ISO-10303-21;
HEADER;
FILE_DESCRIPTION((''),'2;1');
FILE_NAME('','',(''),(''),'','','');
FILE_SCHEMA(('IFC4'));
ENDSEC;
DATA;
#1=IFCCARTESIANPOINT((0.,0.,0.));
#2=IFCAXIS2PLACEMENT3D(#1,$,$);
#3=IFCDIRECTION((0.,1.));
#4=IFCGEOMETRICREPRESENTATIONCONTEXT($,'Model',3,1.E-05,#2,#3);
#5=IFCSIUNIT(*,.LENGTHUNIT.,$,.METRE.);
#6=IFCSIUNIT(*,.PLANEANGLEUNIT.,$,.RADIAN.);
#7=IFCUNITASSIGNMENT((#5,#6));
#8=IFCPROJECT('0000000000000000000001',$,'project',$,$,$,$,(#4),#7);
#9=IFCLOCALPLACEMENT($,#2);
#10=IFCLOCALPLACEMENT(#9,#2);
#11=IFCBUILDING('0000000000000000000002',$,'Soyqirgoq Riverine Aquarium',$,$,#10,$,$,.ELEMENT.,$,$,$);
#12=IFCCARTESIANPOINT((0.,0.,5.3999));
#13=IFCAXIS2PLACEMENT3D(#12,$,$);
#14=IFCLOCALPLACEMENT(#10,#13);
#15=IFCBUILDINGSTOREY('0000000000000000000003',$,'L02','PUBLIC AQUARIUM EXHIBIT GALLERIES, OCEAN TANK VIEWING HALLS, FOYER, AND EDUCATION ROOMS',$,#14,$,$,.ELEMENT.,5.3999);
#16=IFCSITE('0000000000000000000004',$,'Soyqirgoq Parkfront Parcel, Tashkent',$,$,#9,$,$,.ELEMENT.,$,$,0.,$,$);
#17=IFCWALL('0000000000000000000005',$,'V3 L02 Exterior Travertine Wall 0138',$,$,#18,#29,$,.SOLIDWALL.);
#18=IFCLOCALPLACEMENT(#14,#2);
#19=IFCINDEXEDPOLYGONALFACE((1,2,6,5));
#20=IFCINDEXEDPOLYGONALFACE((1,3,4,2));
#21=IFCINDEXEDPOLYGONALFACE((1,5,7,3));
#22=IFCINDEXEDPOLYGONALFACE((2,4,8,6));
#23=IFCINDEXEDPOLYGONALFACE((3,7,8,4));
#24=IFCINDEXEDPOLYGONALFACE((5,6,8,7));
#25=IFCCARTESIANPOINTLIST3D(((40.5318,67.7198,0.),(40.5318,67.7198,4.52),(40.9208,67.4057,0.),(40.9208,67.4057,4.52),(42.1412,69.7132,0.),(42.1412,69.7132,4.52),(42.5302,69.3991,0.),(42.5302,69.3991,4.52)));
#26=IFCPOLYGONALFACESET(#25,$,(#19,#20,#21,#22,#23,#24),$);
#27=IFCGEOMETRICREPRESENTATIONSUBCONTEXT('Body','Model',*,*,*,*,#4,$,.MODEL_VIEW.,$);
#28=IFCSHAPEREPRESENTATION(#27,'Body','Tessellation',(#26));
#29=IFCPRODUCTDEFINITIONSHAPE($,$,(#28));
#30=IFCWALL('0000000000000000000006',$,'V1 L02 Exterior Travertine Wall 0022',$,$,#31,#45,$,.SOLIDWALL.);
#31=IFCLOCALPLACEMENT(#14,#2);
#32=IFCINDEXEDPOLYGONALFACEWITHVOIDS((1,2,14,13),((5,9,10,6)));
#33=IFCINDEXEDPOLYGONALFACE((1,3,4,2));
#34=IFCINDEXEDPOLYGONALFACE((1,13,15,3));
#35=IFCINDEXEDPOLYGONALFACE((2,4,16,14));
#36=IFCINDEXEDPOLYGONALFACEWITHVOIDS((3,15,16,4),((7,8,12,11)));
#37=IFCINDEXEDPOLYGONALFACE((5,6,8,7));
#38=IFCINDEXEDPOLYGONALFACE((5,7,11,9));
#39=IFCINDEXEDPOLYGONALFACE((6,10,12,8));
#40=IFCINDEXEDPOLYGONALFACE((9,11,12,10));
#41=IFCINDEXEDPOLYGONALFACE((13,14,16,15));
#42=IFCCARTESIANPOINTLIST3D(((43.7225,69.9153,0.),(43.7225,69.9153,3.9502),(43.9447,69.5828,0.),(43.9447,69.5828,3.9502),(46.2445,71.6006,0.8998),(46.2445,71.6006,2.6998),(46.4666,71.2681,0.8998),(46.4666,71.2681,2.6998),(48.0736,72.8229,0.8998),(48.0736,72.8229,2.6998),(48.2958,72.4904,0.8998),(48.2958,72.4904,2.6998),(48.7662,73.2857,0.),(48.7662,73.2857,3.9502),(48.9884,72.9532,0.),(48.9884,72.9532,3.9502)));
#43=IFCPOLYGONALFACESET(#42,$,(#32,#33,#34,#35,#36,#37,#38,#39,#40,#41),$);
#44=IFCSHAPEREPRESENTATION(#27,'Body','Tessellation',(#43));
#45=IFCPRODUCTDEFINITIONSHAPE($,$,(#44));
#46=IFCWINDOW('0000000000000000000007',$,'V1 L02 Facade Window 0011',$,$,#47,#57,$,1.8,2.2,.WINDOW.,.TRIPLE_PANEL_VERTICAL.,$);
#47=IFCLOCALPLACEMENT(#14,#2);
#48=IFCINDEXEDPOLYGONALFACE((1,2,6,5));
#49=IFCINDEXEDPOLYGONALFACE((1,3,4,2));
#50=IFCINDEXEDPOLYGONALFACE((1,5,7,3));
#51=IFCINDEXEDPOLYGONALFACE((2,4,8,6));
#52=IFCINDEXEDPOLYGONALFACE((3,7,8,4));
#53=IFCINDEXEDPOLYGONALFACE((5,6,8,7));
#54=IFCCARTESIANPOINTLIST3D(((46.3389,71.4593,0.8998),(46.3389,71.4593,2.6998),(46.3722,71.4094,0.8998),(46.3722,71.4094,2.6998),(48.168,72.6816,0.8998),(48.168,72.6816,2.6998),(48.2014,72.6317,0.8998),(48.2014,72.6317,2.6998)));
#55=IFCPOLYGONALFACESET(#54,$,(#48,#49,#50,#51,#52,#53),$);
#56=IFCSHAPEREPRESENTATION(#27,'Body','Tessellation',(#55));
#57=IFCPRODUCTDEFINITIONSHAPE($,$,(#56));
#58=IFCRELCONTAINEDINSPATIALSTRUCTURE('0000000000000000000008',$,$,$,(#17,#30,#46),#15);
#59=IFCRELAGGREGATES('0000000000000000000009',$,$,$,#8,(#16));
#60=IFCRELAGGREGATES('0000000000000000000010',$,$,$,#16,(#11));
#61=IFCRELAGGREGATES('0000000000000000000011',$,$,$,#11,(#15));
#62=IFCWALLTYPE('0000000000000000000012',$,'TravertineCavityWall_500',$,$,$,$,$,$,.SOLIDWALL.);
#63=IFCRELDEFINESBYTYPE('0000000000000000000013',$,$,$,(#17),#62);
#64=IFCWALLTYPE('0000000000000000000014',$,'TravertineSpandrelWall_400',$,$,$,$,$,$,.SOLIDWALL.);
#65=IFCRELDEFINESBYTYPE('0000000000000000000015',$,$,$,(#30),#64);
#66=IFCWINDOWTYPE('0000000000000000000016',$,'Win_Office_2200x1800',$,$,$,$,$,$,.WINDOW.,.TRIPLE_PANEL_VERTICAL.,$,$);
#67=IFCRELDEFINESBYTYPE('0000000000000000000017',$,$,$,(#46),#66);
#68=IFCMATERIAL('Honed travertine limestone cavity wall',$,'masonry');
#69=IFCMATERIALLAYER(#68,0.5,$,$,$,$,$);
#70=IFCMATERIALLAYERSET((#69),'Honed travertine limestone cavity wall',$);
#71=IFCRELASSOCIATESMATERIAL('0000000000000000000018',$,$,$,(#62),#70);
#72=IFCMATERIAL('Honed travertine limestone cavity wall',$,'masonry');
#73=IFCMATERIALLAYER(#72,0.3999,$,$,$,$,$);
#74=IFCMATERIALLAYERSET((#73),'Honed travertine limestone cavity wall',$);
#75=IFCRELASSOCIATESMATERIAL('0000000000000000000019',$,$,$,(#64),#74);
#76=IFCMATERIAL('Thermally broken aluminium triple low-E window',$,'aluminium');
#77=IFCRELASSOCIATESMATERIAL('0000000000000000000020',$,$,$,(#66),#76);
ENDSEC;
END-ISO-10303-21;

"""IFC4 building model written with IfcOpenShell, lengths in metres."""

from ifc_helpers import new_model, si_unit, direction, frame, frame_2d, origin, place, context, subcontext, project, spatial, rectangle, extrude, material, layer, layer_set, type_object, element, fill, save


model = new_model("IFC4")

# Units and contexts
model_context = context("Model", 3, precision=1e-05, world=origin(), true_north=direction((0.0, 1.0)))
body_context = subcontext(model_context, "Body", "Model", "MODEL_VIEW")
ifc_project = project(units=[si_unit("LENGTHUNIT", "METRE"), si_unit("PLANEANGLEUNIT", "RADIAN")], contexts=[model_context])

# Site, building, storey
site_placement = place(None, origin())
site = spatial("IfcSite", under=ifc_project, at=site_placement, Name="Soyqirgoq Parkfront Parcel, Tashkent", CompositionType="ELEMENT", RefElevation=0.0)
building_placement = place(site_placement, origin())
building = spatial("IfcBuilding", under=site, at=building_placement, Name="Soyqirgoq Riverine Aquarium", CompositionType="ELEMENT")
storey_placement = place(building_placement, frame((0.0, 0.0, 5.3999)))
storey = spatial("IfcBuildingStorey", under=building, at=storey_placement, Name="L02", Description="PUBLIC AQUARIUM EXHIBIT GALLERIES, OCEAN TANK VIEWING HALLS, FOYER, AND EDUCATION ROOMS", CompositionType="ELEMENT", Elevation=5.3999)

# Wall
ifc_material_1 = material(Name="Honed travertine limestone cavity wall", Category="masonry")
ifc_layer_1 = layer(ifc_material_1, 0.5)
ifc_layer_set_1 = layer_set([ifc_layer_1], Name="Honed travertine limestone cavity wall")
wall_type_1 = type_object("IfcWallType", Name="TravertineCavityWall_500", PredefinedType="SOLIDWALL", material=ifc_layer_set_1)
wall_1_placement = place(storey_placement, frame((42.3357, 69.5562, 0.0), z_axis=(0.0, 0.0, 1.0), x_axis=(-0.628175, -0.778072, 0.0)))
element("IfcWall", 1, at=wall_1_placement, inside=storey, type_object=wall_type_1, Name="V3 L02 Exterior Travertine Wall 0138", PredefinedType="SOLIDWALL", context=body_context, shape_type="SweptSolid", body=[
    extrude(rectangle(XDim=2.562, YDim=0.5, at=frame_2d((1.281, 0.0))), origin(), (0.0, 0.0, 1.0), 4.52),
])

# Wall, opening, window
ifc_material_2 = material(Name="Honed travertine limestone cavity wall", Category="masonry")
ifc_layer_2 = layer(ifc_material_2, 0.3999)
ifc_layer_set_2 = layer_set([ifc_layer_2], Name="Honed travertine limestone cavity wall")
wall_type_2 = type_object("IfcWallType", Name="TravertineSpandrelWall_400", PredefinedType="SOLIDWALL", material=ifc_layer_set_2)
wall_2_placement = place(storey_placement, frame((43.8335, 69.749, 0.0), z_axis=(0.0, 0.0, 1.0), x_axis=(0.831449, 0.555601, 0.0)))
wall_2 = element("IfcWall", 2, at=wall_2_placement, inside=storey, type_object=wall_type_2, Name="V1 L02 Exterior Travertine Wall 0022", PredefinedType="SOLIDWALL", context=body_context, shape_type="SweptSolid", body=[
    extrude(rectangle(XDim=6.0662, YDim=0.3999, at=frame_2d((3.0332, 0.0))), origin(), (0.0, 0.0, 1.0), 3.9502),
])
opening_placement = place(wall_2_placement, frame((3.0332, 0.0, 0.8999)))
opening = element("IfcOpeningElement", 3, at=opening_placement, cuts=wall_2, PredefinedType="OPENING", context=body_context, shape_type="SweptSolid", body=[
    extrude(rectangle(XDim=2.2, YDim=1.8, at=frame_2d((1.1001, 0.8999))), frame((0.0, 0.21, 0.0), z_axis=(0.0, -1.0, 0.0), x_axis=(1.0, 0.0, 0.0)), (0.0, 0.0, 1.0), 0.4199),
])
ifc_material_3 = material(Name="Thermally broken aluminium triple low-E window", Category="aluminium")
window_type = type_object("IfcWindowType", Name="Win_Office_2200x1800", PartitioningType="TRIPLE_PANEL_VERTICAL", PredefinedType="WINDOW", material=ifc_material_3)
window_placement = place(opening_placement, origin())
window = element("IfcWindow", 4, at=window_placement, inside=storey, type_object=window_type, Name="V1 L02 Facade Window 0011", OverallHeight=1.8, OverallWidth=2.2, PartitioningType="TRIPLE_PANEL_VERTICAL", PredefinedType="WINDOW", context=body_context, shape_type="SweptSolid", body=[
    extrude(rectangle(XDim=2.2, YDim=1.8, at=frame_2d((1.1001, 0.8999))), frame((0.0, 0.03, 0.0), z_axis=(0.0, -1.0, 0.0), x_axis=(1.0, 0.0, 0.0)), (0.0, 0.0, 1.0), 0.0601),
])
fill(opening, window)

save(model, "model.ifc")
